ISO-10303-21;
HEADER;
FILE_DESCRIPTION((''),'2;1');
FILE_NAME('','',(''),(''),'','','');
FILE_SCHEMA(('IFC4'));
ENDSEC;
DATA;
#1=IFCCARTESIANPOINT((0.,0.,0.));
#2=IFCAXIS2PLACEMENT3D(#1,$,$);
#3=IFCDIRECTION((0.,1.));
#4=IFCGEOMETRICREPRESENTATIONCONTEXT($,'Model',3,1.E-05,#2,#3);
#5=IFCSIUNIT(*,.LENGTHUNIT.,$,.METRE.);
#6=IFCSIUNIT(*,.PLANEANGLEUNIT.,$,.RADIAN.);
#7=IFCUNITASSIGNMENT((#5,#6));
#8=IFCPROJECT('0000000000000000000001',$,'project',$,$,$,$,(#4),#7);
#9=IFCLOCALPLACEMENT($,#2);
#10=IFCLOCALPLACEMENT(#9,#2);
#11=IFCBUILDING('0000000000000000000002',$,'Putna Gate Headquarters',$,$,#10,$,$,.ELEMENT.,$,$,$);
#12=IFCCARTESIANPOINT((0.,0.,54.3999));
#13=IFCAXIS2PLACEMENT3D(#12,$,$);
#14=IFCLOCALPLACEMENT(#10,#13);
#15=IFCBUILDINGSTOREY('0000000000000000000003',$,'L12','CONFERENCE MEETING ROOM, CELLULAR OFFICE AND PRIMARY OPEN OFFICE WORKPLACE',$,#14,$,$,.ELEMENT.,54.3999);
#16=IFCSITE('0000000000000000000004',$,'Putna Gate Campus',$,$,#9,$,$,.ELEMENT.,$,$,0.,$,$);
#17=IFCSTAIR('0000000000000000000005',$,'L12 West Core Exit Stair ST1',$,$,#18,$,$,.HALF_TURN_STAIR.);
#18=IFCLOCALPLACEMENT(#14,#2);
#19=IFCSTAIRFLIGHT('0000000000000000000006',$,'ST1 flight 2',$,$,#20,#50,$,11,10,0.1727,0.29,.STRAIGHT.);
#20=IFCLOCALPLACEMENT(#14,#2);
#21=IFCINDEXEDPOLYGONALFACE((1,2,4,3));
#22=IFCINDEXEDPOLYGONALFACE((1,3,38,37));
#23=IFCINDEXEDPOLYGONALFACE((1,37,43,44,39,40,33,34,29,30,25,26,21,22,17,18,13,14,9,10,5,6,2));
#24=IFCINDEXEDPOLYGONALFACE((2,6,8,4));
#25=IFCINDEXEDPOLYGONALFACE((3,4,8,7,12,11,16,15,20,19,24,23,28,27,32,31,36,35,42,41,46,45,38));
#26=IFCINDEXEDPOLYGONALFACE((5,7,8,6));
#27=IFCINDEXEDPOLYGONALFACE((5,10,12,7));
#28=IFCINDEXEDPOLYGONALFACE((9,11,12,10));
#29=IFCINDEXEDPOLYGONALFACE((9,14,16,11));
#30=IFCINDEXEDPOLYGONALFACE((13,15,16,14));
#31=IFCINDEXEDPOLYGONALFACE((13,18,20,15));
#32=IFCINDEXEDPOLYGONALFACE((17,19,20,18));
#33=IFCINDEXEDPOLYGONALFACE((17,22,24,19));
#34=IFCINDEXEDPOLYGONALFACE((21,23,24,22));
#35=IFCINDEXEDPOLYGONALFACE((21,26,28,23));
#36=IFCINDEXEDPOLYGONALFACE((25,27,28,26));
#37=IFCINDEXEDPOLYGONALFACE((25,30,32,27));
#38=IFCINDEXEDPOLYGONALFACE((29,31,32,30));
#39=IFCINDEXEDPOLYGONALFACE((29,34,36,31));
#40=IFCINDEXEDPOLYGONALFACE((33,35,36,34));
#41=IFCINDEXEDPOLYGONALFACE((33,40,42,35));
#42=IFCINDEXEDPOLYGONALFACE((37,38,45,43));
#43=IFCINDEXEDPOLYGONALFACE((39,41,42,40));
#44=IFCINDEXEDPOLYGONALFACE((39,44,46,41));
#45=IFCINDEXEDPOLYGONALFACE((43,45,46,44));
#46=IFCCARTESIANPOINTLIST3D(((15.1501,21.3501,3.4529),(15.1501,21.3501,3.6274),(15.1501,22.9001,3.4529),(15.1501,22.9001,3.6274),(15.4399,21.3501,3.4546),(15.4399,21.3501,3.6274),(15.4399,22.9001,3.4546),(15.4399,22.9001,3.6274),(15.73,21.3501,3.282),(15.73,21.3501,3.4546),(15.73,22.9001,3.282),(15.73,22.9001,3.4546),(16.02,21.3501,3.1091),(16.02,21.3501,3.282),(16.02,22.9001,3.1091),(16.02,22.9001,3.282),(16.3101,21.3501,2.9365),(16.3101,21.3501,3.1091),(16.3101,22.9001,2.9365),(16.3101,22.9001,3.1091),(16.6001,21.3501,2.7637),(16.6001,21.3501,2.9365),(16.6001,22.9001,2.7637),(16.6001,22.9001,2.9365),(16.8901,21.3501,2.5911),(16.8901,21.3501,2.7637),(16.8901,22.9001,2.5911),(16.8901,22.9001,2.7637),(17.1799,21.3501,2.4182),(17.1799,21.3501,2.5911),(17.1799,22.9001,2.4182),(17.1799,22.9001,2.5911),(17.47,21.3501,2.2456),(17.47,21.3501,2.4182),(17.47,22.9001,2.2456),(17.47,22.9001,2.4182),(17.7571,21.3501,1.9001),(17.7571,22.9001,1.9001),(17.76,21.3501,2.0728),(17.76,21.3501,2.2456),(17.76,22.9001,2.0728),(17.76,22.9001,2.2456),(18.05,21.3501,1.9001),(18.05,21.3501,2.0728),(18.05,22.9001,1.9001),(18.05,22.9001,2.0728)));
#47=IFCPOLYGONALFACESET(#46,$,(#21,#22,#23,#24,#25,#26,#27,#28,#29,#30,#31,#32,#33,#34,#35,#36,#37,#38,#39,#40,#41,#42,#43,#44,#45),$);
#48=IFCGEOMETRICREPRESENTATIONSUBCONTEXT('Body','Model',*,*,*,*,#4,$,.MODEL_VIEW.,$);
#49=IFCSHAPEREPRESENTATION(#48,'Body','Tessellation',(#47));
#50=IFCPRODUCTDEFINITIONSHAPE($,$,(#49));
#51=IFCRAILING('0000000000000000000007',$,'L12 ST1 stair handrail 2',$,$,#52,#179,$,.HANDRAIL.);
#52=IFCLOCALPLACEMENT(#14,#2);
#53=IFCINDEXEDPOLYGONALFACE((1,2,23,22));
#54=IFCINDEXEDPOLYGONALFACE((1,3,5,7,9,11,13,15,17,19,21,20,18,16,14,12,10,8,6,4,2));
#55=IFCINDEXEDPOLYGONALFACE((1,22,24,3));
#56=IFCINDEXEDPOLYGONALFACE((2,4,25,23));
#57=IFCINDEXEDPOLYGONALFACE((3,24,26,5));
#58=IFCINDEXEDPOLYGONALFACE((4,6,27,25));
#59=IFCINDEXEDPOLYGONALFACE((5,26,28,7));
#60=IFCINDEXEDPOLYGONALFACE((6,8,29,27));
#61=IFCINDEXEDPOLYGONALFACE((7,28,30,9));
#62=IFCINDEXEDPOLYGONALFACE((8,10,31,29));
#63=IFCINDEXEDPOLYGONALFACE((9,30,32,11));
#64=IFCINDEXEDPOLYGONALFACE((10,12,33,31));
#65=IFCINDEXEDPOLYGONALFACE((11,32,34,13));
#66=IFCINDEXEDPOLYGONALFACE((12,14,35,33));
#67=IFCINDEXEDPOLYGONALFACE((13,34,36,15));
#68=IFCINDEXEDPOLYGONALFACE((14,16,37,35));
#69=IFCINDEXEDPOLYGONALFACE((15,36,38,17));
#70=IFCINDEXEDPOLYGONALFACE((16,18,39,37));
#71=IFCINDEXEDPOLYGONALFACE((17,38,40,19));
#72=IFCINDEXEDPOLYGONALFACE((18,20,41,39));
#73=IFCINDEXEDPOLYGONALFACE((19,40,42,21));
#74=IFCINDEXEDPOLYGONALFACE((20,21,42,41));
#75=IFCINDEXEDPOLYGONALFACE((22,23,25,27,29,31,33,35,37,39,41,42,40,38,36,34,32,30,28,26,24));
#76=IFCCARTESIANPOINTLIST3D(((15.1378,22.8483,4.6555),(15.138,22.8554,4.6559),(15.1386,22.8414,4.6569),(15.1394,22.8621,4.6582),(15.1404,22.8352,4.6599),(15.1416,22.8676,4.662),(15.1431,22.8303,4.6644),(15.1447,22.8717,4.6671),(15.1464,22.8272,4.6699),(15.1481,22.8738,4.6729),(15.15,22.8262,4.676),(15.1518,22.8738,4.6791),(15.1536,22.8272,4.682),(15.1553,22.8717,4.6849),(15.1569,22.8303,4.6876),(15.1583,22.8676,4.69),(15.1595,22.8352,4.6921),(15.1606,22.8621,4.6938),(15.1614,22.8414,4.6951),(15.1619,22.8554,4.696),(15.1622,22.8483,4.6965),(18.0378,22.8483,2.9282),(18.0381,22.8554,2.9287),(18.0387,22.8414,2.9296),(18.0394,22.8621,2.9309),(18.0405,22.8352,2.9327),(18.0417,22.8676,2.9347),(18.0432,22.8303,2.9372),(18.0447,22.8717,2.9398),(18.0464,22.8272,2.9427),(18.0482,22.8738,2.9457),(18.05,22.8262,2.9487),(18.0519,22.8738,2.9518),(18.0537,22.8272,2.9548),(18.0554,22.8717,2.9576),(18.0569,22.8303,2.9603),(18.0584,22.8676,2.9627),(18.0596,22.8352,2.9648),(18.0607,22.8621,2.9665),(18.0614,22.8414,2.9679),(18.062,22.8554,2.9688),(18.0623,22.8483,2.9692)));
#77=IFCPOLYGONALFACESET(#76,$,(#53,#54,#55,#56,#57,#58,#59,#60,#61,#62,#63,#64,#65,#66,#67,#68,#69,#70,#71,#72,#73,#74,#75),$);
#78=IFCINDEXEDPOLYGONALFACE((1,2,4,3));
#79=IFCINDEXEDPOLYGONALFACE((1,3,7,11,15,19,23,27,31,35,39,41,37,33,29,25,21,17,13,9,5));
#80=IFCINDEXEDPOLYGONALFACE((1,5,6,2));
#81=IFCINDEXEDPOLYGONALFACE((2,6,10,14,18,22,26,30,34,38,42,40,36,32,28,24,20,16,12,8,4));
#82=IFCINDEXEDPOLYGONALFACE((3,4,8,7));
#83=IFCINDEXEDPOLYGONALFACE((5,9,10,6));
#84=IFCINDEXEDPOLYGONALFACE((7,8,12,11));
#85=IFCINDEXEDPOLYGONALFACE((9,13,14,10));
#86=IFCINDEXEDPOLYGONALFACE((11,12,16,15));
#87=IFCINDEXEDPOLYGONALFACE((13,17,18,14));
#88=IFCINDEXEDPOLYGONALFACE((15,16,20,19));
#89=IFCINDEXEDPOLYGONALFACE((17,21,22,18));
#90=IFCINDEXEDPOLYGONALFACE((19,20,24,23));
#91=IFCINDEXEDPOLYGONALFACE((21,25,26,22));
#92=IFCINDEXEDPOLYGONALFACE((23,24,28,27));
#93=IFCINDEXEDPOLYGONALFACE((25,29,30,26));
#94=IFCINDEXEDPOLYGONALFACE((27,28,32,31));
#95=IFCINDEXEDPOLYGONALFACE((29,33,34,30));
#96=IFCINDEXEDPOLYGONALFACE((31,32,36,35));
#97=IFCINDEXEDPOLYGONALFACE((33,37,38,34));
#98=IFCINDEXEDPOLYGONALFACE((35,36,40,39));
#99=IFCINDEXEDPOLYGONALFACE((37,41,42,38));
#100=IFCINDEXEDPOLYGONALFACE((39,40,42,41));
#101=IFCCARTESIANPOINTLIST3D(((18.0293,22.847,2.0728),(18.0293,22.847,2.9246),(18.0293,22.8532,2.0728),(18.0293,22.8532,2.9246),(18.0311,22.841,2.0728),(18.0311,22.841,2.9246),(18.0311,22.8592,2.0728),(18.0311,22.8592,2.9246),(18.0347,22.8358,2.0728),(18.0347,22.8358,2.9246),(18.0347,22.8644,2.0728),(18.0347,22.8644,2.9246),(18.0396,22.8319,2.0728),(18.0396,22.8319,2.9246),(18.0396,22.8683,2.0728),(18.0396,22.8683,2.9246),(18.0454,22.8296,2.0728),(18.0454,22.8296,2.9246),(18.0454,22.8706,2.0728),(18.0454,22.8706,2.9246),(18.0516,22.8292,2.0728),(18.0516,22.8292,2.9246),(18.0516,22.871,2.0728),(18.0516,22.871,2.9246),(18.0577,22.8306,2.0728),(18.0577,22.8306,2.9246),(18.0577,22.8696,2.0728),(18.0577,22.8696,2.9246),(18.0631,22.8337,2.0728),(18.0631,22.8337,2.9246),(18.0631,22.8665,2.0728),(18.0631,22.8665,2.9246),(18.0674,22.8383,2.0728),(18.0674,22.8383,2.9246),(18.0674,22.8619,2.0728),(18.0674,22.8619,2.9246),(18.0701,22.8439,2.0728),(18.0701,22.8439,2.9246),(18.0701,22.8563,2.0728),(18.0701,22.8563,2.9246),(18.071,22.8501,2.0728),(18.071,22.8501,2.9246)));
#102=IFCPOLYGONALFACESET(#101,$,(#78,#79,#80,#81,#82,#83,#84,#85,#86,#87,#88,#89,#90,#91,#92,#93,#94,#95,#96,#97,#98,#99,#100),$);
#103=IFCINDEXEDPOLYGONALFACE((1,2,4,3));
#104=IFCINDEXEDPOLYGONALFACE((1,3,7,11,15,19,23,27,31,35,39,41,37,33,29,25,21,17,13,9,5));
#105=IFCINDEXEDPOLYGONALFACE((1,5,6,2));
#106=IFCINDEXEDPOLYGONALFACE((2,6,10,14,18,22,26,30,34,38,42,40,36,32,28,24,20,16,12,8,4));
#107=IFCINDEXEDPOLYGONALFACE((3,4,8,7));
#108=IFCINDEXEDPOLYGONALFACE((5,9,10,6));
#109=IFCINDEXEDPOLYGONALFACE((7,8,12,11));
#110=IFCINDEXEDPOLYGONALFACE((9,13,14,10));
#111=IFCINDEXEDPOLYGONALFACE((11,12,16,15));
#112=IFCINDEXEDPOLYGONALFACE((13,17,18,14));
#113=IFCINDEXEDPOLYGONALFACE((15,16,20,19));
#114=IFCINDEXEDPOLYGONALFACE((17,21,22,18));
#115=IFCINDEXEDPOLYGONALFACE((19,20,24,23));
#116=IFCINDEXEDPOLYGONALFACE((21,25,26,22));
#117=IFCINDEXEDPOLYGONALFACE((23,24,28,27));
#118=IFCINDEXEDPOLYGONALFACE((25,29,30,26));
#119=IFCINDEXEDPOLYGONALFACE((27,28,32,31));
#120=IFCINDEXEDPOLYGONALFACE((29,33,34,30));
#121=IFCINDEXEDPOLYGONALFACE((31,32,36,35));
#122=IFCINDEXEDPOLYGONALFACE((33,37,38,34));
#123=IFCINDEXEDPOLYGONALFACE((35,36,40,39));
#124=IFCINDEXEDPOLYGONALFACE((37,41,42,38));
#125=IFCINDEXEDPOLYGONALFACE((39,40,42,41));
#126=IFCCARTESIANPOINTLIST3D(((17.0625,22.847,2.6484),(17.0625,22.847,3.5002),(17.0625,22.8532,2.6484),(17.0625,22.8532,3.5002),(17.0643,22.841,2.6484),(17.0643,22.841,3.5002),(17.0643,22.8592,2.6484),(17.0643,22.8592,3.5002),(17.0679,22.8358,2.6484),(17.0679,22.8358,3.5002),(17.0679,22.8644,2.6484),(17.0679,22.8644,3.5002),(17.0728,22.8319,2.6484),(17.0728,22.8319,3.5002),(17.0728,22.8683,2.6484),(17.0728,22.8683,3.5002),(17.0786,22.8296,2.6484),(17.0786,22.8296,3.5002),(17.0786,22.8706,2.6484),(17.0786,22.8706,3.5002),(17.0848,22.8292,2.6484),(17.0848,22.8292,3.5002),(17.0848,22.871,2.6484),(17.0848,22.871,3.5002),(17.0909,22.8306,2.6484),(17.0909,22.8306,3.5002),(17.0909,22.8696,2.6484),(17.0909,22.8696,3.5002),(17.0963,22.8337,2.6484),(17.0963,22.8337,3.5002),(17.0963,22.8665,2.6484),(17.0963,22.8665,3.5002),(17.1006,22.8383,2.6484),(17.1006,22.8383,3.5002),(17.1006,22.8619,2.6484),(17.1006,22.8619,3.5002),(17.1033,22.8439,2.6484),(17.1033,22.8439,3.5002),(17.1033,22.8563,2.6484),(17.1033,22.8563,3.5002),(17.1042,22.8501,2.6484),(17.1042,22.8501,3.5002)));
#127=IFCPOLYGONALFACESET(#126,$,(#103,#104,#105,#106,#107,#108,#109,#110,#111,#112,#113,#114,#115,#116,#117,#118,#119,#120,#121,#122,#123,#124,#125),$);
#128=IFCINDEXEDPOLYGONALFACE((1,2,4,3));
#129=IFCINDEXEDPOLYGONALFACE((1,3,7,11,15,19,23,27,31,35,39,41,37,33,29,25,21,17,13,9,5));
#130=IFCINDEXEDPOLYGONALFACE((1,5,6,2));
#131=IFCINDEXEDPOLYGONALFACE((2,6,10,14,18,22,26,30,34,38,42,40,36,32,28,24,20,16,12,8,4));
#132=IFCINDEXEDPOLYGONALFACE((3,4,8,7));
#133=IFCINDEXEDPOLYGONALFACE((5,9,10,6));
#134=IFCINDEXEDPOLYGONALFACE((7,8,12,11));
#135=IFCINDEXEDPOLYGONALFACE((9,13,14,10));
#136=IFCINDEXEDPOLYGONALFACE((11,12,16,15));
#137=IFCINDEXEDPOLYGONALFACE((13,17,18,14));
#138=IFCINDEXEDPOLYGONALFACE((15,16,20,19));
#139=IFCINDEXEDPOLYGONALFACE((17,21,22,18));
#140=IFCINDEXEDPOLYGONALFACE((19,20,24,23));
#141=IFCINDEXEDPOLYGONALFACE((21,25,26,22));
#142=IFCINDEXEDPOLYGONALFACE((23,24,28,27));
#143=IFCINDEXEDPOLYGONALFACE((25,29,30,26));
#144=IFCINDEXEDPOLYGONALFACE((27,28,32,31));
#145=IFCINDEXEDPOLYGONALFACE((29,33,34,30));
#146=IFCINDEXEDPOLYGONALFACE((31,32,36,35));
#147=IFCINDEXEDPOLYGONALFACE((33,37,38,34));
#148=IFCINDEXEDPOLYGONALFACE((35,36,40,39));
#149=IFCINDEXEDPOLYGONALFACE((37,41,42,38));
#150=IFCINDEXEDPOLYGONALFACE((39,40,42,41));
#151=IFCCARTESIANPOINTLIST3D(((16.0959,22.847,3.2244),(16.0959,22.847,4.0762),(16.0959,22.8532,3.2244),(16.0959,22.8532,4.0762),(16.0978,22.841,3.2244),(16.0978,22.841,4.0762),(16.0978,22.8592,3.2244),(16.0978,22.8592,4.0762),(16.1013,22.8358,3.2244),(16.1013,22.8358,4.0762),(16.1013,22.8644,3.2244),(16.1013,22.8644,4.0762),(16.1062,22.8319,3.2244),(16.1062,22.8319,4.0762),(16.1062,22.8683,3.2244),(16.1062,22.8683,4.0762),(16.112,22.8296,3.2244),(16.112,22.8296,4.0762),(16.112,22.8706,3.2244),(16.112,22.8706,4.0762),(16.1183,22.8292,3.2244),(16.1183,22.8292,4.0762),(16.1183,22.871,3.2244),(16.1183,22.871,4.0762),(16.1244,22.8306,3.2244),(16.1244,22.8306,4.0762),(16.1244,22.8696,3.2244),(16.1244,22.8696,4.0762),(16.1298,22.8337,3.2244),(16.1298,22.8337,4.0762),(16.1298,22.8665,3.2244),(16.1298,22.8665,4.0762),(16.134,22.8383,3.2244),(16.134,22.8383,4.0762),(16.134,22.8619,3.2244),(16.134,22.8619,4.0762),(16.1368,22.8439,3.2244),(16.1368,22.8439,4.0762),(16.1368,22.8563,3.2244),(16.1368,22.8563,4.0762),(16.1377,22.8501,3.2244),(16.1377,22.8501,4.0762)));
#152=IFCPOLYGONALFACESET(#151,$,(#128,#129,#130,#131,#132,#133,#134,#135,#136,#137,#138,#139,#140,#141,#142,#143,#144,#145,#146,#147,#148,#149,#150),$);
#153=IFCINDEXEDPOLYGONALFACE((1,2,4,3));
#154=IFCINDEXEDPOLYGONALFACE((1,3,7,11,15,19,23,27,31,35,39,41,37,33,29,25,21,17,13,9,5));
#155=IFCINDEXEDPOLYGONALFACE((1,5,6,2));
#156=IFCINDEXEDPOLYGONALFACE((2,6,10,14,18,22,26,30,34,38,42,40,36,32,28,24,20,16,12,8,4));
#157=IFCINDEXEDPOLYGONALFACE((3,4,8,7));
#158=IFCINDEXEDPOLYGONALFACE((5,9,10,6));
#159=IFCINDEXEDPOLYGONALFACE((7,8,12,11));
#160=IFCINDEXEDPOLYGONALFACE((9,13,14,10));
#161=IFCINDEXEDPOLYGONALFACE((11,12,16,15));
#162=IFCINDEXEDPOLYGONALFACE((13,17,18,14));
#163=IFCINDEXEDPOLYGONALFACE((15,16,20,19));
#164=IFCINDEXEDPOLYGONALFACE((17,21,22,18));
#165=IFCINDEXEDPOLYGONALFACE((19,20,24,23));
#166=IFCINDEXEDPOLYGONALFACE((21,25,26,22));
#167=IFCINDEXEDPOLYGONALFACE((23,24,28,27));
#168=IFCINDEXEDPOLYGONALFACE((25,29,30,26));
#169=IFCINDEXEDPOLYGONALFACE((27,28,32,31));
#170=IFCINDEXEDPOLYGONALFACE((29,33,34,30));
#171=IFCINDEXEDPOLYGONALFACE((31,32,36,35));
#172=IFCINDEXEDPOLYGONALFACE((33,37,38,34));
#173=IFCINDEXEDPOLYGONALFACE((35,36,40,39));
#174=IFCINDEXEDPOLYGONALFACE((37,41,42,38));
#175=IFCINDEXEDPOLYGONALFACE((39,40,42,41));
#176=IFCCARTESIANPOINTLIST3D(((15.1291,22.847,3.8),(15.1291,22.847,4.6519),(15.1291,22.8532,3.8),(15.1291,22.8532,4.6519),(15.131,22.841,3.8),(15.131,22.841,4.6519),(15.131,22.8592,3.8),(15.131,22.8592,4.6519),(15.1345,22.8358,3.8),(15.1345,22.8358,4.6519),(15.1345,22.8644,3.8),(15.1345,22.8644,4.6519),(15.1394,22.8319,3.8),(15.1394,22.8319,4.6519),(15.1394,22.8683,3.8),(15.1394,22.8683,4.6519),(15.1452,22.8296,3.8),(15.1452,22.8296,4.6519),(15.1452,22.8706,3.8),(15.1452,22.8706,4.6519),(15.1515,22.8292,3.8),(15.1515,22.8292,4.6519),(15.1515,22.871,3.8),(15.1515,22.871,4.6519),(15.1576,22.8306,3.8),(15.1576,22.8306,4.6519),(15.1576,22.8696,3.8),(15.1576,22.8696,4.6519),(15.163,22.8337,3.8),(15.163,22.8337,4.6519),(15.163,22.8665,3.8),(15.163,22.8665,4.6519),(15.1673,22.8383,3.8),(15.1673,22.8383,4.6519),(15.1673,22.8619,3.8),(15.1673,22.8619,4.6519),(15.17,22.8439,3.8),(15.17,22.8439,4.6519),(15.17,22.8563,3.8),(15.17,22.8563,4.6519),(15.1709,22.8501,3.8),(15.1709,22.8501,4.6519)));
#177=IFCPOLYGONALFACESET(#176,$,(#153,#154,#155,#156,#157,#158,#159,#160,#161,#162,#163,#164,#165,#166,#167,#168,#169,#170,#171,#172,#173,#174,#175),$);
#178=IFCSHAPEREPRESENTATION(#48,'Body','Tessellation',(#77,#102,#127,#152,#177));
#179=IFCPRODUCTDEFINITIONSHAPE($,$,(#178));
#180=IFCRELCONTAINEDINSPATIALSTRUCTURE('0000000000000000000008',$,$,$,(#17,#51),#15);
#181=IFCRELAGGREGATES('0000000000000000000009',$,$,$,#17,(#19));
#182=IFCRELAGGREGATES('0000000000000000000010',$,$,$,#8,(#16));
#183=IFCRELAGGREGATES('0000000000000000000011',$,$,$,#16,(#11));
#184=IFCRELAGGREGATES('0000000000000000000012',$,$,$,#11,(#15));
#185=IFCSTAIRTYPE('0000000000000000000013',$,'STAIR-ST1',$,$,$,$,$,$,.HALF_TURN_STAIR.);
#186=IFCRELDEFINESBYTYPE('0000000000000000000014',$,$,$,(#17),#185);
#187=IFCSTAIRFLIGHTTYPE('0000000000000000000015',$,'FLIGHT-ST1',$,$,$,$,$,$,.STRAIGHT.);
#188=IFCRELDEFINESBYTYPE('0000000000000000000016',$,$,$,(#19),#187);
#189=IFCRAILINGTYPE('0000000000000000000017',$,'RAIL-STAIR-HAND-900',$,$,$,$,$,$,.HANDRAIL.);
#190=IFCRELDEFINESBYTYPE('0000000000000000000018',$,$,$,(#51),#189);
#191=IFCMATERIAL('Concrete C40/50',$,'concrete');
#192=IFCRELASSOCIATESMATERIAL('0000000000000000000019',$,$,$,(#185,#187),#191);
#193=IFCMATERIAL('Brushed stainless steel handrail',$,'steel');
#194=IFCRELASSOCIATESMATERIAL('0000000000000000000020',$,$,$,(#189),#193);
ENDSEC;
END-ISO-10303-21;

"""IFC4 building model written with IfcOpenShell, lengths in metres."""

from ifc_helpers import new_model, si_unit, direction, frame, origin, origin_2d, place, context, subcontext, project, spatial, polyline, circle, outline, extrude, material, type_object, element, aggregate, save


model = new_model("IFC4")

# Units and contexts
model_context = context("Model", 3, precision=1e-05, world=origin(), true_north=direction((0.0, 1.0)))
body_context = subcontext(model_context, "Body", "Model", "MODEL_VIEW")
ifc_project = project(units=[si_unit("LENGTHUNIT", "METRE"), si_unit("PLANEANGLEUNIT", "RADIAN")], contexts=[model_context])

# Site, building, storey
site_placement = place(None, origin())
site = spatial("IfcSite", under=ifc_project, at=site_placement, Name="Putna Gate Campus", CompositionType="ELEMENT", RefElevation=0.0)
building_placement = place(site_placement, origin())
building = spatial("IfcBuilding", under=site, at=building_placement, Name="Putna Gate Headquarters", CompositionType="ELEMENT")
storey_placement = place(building_placement, frame((0.0, 0.0, 54.3999)))
storey = spatial("IfcBuildingStorey", under=building, at=storey_placement, Name="L12", Description="CONFERENCE MEETING ROOM, CELLULAR OFFICE AND PRIMARY OPEN OFFICE WORKPLACE", CompositionType="ELEMENT", Elevation=54.3999)

# Shared definitions
ifc_material_1 = material(Name="Concrete C40/50", Category="concrete")

# Stair, stair flight
stair_type = type_object("IfcStairType", Name="STAIR-ST1", PredefinedType="HALF_TURN_STAIR", material=ifc_material_1)
stair_placement = place(storey_placement, origin())
stair = element("IfcStair", 1, at=stair_placement, inside=storey, type_object=stair_type, Name="L12 West Core Exit Stair ST1", PredefinedType="HALF_TURN_STAIR")
stair_flight_type = type_object("IfcStairFlightType", Name="FLIGHT-ST1", PredefinedType="STRAIGHT", material=ifc_material_1)
stair_flight_placement = place(storey_placement, frame((18.05, 22.125, 1.9001), z_axis=(0.0, 0.0, 1.0), x_axis=(-1.0, 0.0, 0.0)))
stair_flight = element("IfcStairFlight", 2, at=stair_flight_placement, type_object=stair_flight_type, Name="ST1 flight 2", NumberOfRisers=11, NumberOfTreads=10, PredefinedType="STRAIGHT", RiserHeight=0.1727, TreadLength=0.29, context=body_context, shape_type="SweptSolid", body=[
    extrude(outline(polyline([(0.0, 0.0), (0.0, 0.1726), (0.29, 0.1726), (0.29, 0.3455), (0.5801, 0.3455), (0.5801, 0.5181), (0.8701, 0.5181), (0.8701, 0.6909), (1.1599, 0.6909), (1.1599, 0.8635), (1.45, 0.8635), (1.45, 1.0364), (1.74, 1.0364), (1.74, 1.209), (2.03, 1.209), (2.03, 1.3818), (2.3201, 1.3818), (2.3201, 1.5544), (2.6101, 1.5544), (2.6101, 1.7273), (2.8999, 1.7273), (2.8999, 1.8999), (2.8999, 1.5527), (0.293, 0.0), (0.0, 0.0)])), frame((0.0, 0.7749, 0.0), z_axis=(0.0, -1.0, 0.0), x_axis=(1.0, 0.0, 0.0)), (0.0, 0.0, 1.0), 1.55),
])
aggregate(stair, [stair_flight])

# Railing
ifc_material_2 = material(Name="Brushed stainless steel handrail", Category="steel")
railing_type_1 = type_object("IfcRailingType", Name="RAIL-STAIR-HAND-900", PredefinedType="HANDRAIL", material=ifc_material_2)
railing_1_placement = place(storey_placement, frame((18.05, 22.8501, 2.0728)))
element("IfcRailing", 3, at=railing_1_placement, inside=storey, type_object=railing_type_1, Name="L12 ST1 stair handrail 2", PredefinedType="HANDRAIL", context=body_context, shape_type="SweptSolid", body=[
    extrude(circle(Radius=0.0239, at=origin_2d()), frame((0.0, 0.0, 0.876), z_axis=(-0.85916, 0.0, 0.511706), x_axis=(0.0, -1.0, 0.0)), (0.0, 0.0, 1.0), 3.3755),
    extrude(circle(Radius=0.021, at=origin_2d()), origin(), (0.0, 0.0, 1.0), 0.8518),
    extrude(circle(Radius=0.021, at=origin_2d()), frame((-0.9668, 0.0, 0.5757)), (0.0, 0.0, 1.0), 0.8518),
    extrude(circle(Radius=0.021, at=origin_2d()), frame((-1.9333, 0.0, 1.1516)), (0.0, 0.0, 1.0), 0.8518),
    extrude(circle(Radius=0.021, at=origin_2d()), frame((-2.9001, 0.0, 1.7273)), (0.0, 0.0, 1.0), 0.8518),
])

save(model, "model.ifc")
